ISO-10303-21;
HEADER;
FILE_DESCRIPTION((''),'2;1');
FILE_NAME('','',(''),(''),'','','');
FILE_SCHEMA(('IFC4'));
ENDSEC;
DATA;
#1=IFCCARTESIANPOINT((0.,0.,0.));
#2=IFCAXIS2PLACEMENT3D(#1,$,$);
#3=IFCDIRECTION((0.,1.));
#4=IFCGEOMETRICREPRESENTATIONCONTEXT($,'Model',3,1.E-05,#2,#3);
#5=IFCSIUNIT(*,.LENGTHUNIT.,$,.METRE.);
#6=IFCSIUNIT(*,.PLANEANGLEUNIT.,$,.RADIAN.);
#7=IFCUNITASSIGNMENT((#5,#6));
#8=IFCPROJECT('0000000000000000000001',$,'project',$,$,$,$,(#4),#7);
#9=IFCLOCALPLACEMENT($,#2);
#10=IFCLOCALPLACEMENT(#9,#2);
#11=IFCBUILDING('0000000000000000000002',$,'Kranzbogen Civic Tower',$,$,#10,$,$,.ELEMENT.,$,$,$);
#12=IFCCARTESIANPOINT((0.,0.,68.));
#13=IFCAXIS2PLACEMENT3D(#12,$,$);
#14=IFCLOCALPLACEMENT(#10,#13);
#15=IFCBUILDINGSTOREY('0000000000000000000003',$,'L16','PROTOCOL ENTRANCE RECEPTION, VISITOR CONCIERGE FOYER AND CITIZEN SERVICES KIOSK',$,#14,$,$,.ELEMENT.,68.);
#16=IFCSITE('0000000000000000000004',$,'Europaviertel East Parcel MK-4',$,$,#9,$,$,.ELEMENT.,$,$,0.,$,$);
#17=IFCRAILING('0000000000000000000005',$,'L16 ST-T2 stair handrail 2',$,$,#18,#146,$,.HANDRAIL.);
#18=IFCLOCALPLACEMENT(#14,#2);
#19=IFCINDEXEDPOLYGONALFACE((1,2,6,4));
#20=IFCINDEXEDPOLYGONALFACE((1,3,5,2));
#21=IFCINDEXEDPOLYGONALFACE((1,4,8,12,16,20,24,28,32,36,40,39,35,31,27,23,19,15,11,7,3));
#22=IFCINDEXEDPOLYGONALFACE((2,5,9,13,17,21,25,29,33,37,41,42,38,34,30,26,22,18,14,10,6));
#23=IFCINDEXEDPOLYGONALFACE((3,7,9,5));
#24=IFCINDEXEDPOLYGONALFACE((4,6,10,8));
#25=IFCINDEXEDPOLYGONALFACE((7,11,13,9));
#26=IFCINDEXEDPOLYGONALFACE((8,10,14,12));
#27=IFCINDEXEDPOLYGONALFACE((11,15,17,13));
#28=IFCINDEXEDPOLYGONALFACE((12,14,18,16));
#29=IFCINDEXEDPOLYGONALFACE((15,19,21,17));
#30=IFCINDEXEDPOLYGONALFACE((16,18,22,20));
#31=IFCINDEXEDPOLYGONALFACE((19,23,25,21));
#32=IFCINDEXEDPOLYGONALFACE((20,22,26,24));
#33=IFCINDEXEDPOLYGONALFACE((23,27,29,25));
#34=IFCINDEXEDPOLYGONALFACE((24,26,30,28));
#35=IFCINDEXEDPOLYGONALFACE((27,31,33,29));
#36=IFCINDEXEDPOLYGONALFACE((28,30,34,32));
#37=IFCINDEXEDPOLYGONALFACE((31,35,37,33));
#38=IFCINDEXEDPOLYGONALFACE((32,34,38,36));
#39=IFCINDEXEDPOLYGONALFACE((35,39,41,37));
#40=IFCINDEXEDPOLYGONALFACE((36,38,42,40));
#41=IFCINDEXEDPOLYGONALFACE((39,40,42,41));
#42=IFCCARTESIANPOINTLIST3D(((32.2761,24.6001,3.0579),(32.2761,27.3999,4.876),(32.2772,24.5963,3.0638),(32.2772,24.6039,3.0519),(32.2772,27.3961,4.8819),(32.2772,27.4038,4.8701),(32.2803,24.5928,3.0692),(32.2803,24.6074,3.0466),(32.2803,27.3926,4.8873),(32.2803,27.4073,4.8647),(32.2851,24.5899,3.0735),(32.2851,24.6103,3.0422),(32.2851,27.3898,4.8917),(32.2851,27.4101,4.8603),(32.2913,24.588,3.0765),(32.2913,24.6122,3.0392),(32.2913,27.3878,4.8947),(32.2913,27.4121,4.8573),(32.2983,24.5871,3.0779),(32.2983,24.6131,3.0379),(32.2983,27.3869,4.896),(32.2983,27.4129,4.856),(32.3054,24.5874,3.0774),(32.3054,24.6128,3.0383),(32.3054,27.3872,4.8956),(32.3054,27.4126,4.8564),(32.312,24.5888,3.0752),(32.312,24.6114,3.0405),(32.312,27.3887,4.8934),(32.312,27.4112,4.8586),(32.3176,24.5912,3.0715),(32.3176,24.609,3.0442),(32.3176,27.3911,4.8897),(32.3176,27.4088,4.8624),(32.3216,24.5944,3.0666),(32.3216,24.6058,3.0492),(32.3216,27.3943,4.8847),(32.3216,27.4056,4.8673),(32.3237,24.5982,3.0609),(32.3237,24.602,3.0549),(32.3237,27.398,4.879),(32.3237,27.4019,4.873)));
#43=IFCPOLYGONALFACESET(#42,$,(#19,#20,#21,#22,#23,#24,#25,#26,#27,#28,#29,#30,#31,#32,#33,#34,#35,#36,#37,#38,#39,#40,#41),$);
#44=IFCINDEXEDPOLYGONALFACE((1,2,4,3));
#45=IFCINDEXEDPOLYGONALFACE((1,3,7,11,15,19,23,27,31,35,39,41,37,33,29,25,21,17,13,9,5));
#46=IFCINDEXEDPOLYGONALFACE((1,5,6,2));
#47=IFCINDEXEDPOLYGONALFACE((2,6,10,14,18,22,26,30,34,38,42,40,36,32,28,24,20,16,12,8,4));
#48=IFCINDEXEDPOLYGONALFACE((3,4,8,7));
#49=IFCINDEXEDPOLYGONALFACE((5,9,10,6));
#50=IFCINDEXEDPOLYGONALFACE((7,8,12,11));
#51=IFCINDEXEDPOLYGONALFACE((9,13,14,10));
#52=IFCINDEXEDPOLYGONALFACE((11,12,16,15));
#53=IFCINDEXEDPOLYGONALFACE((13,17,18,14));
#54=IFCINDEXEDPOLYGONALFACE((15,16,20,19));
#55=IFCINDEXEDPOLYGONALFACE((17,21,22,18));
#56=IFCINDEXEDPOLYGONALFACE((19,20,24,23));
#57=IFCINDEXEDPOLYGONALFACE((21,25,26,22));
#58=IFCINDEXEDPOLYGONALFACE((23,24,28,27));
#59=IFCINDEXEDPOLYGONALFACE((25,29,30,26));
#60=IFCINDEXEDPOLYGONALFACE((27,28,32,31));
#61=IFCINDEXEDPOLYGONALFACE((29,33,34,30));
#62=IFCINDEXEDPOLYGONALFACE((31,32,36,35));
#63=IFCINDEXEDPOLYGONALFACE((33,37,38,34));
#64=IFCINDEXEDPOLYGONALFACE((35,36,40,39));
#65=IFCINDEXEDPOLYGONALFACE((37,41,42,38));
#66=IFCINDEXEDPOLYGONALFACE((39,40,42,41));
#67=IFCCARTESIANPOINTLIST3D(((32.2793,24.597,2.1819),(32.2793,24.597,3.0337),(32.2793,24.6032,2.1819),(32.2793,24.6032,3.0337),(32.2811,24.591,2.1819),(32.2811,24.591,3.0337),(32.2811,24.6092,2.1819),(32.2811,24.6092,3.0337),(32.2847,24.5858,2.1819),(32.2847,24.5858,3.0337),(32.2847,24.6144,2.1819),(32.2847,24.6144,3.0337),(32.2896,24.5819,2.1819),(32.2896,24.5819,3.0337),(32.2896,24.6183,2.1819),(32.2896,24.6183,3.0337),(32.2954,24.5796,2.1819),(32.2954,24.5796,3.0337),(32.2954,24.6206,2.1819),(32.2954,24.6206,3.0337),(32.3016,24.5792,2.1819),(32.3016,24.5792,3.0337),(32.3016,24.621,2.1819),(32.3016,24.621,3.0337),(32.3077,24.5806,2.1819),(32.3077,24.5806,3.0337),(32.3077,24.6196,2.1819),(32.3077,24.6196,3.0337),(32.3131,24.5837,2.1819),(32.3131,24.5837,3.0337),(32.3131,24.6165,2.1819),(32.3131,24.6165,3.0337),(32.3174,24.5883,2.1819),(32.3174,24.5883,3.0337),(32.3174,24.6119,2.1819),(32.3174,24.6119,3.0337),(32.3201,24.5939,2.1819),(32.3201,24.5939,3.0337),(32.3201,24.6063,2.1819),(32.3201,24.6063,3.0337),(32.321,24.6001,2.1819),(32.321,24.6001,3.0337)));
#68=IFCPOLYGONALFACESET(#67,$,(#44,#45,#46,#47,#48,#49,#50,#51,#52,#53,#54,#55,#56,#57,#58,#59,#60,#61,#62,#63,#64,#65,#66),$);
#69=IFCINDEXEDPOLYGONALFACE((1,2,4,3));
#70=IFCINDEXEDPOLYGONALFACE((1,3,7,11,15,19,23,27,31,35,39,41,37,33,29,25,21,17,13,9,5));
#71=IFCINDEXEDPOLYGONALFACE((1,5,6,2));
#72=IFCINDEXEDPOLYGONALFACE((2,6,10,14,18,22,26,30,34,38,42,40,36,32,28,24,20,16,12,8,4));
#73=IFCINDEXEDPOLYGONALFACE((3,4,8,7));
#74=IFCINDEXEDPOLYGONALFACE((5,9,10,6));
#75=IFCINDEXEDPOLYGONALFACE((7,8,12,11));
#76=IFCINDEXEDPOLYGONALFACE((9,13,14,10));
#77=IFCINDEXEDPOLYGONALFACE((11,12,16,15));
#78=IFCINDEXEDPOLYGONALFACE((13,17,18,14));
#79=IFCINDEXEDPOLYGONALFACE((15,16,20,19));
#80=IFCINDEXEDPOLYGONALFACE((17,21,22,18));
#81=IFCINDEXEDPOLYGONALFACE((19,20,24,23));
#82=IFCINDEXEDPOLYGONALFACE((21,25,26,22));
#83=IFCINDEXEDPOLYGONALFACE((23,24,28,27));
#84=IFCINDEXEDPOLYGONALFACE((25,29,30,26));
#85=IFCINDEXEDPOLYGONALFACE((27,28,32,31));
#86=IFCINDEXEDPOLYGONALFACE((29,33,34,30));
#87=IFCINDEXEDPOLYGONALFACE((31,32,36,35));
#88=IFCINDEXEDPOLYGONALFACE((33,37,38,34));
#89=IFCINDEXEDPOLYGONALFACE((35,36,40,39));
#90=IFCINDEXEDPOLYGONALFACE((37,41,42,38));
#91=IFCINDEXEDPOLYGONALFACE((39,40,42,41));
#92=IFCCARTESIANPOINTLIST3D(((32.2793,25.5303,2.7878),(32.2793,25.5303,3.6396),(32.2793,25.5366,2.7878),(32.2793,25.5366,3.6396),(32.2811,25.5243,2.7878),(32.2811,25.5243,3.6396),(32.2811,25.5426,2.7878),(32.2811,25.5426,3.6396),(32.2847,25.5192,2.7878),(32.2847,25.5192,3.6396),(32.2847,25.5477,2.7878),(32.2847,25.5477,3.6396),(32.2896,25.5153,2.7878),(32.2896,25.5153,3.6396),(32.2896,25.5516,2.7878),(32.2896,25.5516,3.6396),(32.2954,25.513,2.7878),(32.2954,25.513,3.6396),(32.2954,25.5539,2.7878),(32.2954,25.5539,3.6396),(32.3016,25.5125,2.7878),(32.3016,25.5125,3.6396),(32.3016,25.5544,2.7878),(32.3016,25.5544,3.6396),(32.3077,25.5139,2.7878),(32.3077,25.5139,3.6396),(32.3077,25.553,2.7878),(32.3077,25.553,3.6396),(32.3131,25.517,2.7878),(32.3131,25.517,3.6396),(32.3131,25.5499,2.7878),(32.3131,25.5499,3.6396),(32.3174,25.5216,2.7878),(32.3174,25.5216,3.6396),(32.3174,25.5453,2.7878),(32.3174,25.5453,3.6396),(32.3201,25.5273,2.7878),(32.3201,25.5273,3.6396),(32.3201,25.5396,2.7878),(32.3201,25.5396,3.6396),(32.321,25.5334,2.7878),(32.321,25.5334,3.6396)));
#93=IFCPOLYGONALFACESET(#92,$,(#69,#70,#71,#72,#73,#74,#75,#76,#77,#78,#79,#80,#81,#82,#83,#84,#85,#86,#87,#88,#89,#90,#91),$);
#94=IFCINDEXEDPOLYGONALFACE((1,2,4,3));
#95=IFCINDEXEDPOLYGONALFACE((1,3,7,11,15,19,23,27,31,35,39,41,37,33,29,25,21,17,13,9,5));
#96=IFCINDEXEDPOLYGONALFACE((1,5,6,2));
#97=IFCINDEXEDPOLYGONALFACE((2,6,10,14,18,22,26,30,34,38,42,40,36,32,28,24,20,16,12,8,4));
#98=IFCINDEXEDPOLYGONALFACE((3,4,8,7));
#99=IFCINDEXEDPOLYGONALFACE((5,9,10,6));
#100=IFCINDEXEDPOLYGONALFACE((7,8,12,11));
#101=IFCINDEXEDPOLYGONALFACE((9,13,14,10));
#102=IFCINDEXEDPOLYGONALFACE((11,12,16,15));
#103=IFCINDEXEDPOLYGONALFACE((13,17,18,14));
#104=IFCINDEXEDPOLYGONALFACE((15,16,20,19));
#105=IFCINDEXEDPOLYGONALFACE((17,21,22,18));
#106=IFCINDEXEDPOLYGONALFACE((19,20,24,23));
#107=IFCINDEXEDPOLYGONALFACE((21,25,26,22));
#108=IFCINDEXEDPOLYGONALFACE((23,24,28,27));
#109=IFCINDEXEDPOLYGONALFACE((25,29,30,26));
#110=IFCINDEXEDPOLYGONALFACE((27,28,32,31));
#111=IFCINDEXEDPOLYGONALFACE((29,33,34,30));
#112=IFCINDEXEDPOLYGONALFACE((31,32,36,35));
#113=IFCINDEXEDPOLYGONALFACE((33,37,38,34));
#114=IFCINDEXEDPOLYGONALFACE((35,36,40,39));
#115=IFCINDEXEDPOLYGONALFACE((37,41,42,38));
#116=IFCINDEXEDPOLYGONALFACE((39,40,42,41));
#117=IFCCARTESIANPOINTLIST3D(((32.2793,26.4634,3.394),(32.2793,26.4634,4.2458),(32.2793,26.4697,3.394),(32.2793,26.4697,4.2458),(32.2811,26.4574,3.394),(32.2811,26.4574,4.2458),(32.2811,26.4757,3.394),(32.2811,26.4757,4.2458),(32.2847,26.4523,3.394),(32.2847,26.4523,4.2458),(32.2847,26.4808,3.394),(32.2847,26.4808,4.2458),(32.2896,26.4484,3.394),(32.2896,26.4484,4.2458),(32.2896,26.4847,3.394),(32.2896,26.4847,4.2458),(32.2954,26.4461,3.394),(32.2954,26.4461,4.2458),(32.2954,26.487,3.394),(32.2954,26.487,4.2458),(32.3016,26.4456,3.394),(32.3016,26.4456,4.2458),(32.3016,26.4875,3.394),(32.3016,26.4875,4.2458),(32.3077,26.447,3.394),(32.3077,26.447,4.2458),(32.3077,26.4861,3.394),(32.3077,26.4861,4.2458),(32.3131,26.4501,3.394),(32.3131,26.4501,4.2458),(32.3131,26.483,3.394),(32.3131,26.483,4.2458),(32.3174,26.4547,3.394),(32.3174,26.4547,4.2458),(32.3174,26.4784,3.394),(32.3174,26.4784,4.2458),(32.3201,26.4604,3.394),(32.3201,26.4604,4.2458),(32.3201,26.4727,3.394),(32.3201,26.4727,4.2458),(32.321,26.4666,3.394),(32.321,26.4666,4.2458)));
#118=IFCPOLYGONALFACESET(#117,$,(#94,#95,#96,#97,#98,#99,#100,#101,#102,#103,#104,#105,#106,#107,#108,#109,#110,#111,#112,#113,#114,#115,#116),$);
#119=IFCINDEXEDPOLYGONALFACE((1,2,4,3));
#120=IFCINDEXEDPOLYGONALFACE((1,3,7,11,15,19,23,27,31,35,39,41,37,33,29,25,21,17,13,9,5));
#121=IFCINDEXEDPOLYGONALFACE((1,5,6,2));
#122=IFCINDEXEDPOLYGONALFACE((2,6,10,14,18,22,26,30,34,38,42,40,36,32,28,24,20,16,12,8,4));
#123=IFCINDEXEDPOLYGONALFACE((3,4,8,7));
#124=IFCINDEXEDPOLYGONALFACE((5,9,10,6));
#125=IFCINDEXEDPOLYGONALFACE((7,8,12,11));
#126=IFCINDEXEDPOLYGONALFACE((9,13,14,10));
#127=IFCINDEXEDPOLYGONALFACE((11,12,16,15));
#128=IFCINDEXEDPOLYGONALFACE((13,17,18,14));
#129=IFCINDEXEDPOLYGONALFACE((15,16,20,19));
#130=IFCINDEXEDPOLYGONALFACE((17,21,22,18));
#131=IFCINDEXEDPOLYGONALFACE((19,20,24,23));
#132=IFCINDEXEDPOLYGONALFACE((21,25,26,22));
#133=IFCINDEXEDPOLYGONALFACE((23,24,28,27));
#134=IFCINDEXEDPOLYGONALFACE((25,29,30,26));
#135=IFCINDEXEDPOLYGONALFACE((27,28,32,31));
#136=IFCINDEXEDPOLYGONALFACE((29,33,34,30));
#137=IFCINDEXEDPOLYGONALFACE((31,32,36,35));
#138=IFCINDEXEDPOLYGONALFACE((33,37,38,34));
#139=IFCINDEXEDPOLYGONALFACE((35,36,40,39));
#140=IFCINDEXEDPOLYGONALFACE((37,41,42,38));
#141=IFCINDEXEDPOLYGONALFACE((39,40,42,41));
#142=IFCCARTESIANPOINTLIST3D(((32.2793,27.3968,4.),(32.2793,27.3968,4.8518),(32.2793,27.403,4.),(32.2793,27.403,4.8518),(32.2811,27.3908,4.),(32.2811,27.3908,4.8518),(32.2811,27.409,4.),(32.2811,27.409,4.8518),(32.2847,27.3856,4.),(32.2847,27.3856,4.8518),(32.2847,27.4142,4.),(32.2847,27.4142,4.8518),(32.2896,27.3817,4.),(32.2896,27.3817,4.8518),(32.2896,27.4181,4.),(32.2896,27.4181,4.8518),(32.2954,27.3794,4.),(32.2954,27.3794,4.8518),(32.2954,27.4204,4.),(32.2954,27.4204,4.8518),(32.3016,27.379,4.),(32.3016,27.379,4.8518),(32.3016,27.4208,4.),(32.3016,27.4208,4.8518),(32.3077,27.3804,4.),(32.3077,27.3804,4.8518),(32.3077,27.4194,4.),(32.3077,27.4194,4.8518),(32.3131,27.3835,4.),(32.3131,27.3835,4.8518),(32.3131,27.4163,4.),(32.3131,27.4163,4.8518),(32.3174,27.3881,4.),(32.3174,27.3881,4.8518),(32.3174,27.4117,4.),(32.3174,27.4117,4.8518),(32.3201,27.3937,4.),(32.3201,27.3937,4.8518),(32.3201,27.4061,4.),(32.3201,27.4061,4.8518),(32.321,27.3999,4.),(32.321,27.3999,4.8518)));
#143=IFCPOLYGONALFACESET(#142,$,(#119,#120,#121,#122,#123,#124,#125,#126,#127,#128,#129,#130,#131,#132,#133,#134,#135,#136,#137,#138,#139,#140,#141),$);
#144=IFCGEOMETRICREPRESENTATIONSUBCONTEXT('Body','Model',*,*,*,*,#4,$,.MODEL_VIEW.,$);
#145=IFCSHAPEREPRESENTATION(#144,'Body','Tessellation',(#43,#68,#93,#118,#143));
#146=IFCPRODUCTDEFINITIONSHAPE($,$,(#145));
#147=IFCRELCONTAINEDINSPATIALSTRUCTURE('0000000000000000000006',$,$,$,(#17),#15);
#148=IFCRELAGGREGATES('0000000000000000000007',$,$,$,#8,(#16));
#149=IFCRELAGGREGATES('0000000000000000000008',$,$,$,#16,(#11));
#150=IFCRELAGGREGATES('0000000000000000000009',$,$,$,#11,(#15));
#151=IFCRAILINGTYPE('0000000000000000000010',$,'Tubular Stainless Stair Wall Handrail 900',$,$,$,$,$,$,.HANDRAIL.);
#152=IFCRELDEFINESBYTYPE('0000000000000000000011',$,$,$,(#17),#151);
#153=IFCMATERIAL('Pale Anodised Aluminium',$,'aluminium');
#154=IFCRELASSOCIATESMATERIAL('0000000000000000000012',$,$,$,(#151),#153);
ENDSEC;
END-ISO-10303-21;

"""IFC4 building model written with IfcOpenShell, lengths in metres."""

from ifc_helpers import new_model, si_unit, direction, frame, origin, origin_2d, place, context, subcontext, project, spatial, circle, extrude, material, type_object, element, save


model = new_model("IFC4")

# Units and contexts
model_context = context("Model", 3, precision=1e-05, world=origin(), true_north=direction((0.0, 1.0)))
body_context = subcontext(model_context, "Body", "Model", "MODEL_VIEW")
ifc_project = project(units=[si_unit("LENGTHUNIT", "METRE"), si_unit("PLANEANGLEUNIT", "RADIAN")], contexts=[model_context])

# Site, building, storey
site_placement = place(None, origin())
site = spatial("IfcSite", under=ifc_project, at=site_placement, Name="Europaviertel East Parcel MK-4", CompositionType="ELEMENT", RefElevation=0.0)
building_placement = place(site_placement, origin())
building = spatial("IfcBuilding", under=site, at=building_placement, Name="Kranzbogen Civic Tower", CompositionType="ELEMENT")
storey_placement = place(building_placement, frame((0.0, 0.0, 68.0)))
storey = spatial("IfcBuildingStorey", under=building, at=storey_placement, Name="L16", Description="PROTOCOL ENTRANCE RECEPTION, VISITOR CONCIERGE FOYER AND CITIZEN SERVICES KIOSK", CompositionType="ELEMENT", Elevation=68.0)

# Shared definitions
ifc_material_1 = material(Name="Pale Anodised Aluminium", Category="aluminium")

# Railing
railing_type_1 = type_object("IfcRailingType", Name="Tubular Stainless Stair Wall Handrail 900", PredefinedType="HANDRAIL", material=ifc_material_1)
railing_1_placement = place(storey_placement, frame((32.3, 24.6001, 2.1819)))
element("IfcRailing", 1, at=railing_1_placement, inside=storey, type_object=railing_type_1, Name="L16 ST-T2 stair handrail 2", PredefinedType="HANDRAIL", context=body_context, shape_type="SweptSolid", body=[
    extrude(circle(Radius=0.0239, at=origin_2d()), frame((0.0, 0.0, 0.876), z_axis=(0.0, 0.838684, 0.544618), x_axis=(-1.0, 0.0, 0.0)), (0.0, 0.0, 1.0), 3.3384),
    extrude(circle(Radius=0.021, at=origin_2d()), origin(), (0.0, 0.0, 1.0), 0.8518),
    extrude(circle(Radius=0.021, at=origin_2d()), frame((0.0, 0.9333, 0.606)), (0.0, 0.0, 1.0), 0.8518),
    extrude(circle(Radius=0.021, at=origin_2d()), frame((0.0, 1.8665, 1.2122)), (0.0, 0.0, 1.0), 0.8518),
    extrude(circle(Radius=0.021, at=origin_2d()), frame((0.0, 2.7998, 1.8181)), (0.0, 0.0, 1.0), 0.8518),
])

save(model, "model.ifc")
